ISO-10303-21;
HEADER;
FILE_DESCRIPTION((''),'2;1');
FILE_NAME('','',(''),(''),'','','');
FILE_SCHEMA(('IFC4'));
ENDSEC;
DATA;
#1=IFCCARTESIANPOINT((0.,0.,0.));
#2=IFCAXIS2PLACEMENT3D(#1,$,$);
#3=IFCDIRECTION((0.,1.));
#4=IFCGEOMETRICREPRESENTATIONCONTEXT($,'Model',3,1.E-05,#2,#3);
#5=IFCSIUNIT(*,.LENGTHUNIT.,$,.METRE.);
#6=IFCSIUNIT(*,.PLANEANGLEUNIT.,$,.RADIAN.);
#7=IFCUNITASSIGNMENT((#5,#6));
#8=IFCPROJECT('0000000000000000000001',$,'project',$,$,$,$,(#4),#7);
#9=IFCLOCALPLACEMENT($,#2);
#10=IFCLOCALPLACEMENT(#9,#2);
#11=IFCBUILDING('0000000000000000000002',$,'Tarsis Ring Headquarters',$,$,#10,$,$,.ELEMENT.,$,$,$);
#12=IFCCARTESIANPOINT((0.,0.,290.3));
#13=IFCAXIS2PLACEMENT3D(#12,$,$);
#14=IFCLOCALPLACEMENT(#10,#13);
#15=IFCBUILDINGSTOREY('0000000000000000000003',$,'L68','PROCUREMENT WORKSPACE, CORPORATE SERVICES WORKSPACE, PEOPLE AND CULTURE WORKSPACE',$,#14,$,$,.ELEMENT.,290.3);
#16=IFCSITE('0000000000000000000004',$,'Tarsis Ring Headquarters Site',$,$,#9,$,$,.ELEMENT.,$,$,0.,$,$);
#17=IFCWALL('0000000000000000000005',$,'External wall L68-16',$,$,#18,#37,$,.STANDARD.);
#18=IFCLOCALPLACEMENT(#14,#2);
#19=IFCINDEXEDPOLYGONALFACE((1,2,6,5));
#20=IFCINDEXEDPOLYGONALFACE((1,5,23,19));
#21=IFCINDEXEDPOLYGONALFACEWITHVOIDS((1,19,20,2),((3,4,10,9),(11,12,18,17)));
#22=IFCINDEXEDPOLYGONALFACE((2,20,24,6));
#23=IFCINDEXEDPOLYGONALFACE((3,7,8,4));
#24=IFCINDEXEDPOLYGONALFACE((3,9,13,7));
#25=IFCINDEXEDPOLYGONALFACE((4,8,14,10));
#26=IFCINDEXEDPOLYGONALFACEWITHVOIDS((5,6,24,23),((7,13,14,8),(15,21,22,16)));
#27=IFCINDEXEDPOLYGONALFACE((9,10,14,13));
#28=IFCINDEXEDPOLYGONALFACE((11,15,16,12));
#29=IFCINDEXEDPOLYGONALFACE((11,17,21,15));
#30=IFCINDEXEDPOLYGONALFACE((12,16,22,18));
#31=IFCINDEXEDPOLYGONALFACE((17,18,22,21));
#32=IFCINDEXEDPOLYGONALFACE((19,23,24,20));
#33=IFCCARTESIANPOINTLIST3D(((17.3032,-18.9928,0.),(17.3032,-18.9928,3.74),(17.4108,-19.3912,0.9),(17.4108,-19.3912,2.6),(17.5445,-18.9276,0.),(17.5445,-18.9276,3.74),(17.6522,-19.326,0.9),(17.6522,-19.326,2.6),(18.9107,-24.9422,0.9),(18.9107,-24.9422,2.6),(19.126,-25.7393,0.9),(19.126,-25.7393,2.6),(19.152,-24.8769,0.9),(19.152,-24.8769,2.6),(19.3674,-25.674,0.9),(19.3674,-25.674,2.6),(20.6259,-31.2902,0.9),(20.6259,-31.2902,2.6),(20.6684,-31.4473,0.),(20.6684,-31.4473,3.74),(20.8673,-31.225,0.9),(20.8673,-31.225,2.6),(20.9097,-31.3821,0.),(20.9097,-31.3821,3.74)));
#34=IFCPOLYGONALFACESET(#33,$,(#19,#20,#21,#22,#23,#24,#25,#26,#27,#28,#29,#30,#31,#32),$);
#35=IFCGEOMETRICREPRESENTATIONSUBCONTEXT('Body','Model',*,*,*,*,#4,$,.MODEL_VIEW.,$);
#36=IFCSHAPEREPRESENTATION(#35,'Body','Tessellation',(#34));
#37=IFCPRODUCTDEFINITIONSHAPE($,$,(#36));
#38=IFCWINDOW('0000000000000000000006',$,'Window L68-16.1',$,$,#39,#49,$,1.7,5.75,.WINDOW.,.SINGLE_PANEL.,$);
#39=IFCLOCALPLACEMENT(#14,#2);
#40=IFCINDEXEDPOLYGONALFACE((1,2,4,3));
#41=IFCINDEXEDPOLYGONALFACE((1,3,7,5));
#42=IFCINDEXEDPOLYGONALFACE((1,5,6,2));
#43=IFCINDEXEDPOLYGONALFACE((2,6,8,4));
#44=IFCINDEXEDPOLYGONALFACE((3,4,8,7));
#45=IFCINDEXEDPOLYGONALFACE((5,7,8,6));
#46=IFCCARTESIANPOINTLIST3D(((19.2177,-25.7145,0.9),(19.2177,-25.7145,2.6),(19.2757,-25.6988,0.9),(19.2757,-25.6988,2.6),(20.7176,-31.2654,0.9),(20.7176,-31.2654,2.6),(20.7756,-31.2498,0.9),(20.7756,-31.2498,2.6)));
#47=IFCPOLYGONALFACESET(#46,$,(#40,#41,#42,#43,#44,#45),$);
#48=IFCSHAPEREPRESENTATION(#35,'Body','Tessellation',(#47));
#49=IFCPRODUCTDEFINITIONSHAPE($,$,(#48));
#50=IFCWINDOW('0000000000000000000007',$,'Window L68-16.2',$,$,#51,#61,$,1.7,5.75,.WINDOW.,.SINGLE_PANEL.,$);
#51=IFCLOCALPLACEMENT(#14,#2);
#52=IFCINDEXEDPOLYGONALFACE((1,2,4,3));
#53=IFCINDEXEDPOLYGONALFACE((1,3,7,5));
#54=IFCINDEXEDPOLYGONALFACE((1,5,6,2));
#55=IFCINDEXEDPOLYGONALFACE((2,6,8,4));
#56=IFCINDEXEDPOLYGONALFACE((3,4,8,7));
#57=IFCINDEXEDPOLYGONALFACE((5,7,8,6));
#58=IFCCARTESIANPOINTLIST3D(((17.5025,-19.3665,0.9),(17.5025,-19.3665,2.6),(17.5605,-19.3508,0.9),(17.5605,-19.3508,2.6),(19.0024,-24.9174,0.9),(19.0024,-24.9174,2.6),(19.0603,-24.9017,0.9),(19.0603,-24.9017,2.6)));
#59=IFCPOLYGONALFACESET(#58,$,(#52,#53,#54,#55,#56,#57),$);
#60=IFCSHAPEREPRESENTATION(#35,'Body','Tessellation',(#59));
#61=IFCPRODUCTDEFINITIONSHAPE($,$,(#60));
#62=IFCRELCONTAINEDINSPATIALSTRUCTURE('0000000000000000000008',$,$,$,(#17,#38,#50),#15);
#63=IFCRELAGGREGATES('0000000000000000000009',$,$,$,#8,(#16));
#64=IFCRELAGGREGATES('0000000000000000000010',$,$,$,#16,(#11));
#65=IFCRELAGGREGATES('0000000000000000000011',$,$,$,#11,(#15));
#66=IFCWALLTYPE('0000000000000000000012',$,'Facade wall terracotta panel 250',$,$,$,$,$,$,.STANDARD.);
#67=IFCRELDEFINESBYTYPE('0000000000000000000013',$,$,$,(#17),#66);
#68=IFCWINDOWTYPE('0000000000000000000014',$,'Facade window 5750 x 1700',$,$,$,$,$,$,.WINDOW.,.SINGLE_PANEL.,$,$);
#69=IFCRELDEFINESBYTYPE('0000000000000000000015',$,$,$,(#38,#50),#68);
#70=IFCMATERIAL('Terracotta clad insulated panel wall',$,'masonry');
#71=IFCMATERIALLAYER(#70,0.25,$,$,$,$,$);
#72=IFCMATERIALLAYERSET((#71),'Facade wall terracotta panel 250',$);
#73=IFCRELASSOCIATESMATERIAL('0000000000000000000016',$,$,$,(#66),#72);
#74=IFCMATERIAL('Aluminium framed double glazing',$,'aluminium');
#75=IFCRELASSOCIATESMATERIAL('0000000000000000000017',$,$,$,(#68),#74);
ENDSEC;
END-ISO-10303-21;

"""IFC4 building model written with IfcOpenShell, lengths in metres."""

from ifc_helpers import new_model, si_unit, direction, frame, frame_2d, origin, place, context, subcontext, project, spatial, rectangle, extrude, material, layer, layer_set, type_object, element, fill, save


model = new_model("IFC4")

# Units and contexts
model_context = context("Model", 3, precision=1e-05, world=origin(), true_north=direction((0.0, 1.0)))
body_context = subcontext(model_context, "Body", "Model", "MODEL_VIEW")
ifc_project = project(units=[si_unit("LENGTHUNIT", "METRE"), si_unit("PLANEANGLEUNIT", "RADIAN")], contexts=[model_context])

# Site, building, storey
site_placement = place(None, origin())
site = spatial("IfcSite", under=ifc_project, at=site_placement, Name="Tarsis Ring Headquarters Site", CompositionType="ELEMENT", RefElevation=0.0)
building_placement = place(site_placement, origin())
building = spatial("IfcBuilding", under=site, at=building_placement, Name="Tarsis Ring Headquarters", CompositionType="ELEMENT")
storey_placement = place(building_placement, frame((0.0, 0.0, 290.3)))
storey = spatial("IfcBuildingStorey", under=building, at=storey_placement, Name="L68", Description="PROCUREMENT WORKSPACE, CORPORATE SERVICES WORKSPACE, PEOPLE AND CULTURE WORKSPACE", CompositionType="ELEMENT", Elevation=290.3)

# Shared definitions
ifc_material_1 = material(Name="Terracotta clad insulated panel wall", Category="masonry")
ifc_layer = layer(ifc_material_1, 0.25)
ifc_layer_set = layer_set([ifc_layer], Name="Facade wall terracotta panel 250")
wall_type = type_object("IfcWallType", Name="Facade wall terracotta panel 250", PredefinedType="STANDARD", material=ifc_layer_set)

# Wall, openings, windows
wall_1_placement = place(storey_placement, frame((20.7891, -31.4148, 0.0), z_axis=(0.0, 0.0, 1.0), x_axis=(-0.260846, 0.96538, 0.0)))
wall_1 = element("IfcWall", 1, at=wall_1_placement, inside=storey, type_object=wall_type, Name="External wall L68-16", PredefinedType="STANDARD", context=body_context, shape_type="SweptSolid", body=[
    extrude(rectangle(XDim=12.9011, YDim=0.25, at=frame_2d((6.4507, 0.0))), origin(), (0.0, 0.0, 1.0), 3.74),
])
opening_1_placement = place(wall_1_placement, frame((0.1628, 0.0, 0.8999)))
opening_1 = element("IfcOpeningElement", 2, at=opening_1_placement, cuts=wall_1, PredefinedType="OPENING", context=body_context, shape_type="SweptSolid", body=[
    extrude(rectangle(XDim=5.75, YDim=1.7, at=frame_2d((2.875, 0.8501))), frame((0.0, 0.135, 0.0), z_axis=(0.0, -1.0, 0.0), x_axis=(1.0, 0.0, 0.0)), (0.0, 0.0, 1.0), 0.27),
])
opening_2_placement = place(wall_1_placement, frame((6.7385, 0.0, 0.8999)))
opening_2 = element("IfcOpeningElement", 3, at=opening_2_placement, cuts=wall_1, PredefinedType="OPENING", context=body_context, shape_type="SweptSolid", body=[
    extrude(rectangle(XDim=5.75, YDim=1.7, at=frame_2d((2.875, 0.8501))), frame((0.0, 0.135, 0.0), z_axis=(0.0, -1.0, 0.0), x_axis=(1.0, 0.0, 0.0)), (0.0, 0.0, 1.0), 0.27),
])
ifc_material_2 = material(Name="Aluminium framed double glazing", Category="aluminium")
window_type = type_object("IfcWindowType", Name="Facade window 5750 x 1700", PartitioningType="SINGLE_PANEL", PredefinedType="WINDOW", material=ifc_material_2)
window_1_placement = place(opening_1_placement, origin())
window_1 = element("IfcWindow", 4, at=window_1_placement, inside=storey, type_object=window_type, Name="Window L68-16.1", OverallHeight=1.7, OverallWidth=5.75, PartitioningType="SINGLE_PANEL", PredefinedType="WINDOW", context=body_context, shape_type="SweptSolid", body=[
    extrude(rectangle(XDim=5.75, YDim=1.7, at=frame_2d((2.875, 0.8501))), frame((0.0, 0.03, 0.0), z_axis=(0.0, -1.0, 0.0), x_axis=(1.0, 0.0, 0.0)), (0.0, 0.0, 1.0), 0.0601),
])
fill(opening_1, window_1)
window_2_placement = place(opening_2_placement, origin())
window_2 = element("IfcWindow", 5, at=window_2_placement, inside=storey, type_object=window_type, Name="Window L68-16.2", OverallHeight=1.7, OverallWidth=5.75, PartitioningType="SINGLE_PANEL", PredefinedType="WINDOW", context=body_context, shape_type="SweptSolid", body=[
    extrude(rectangle(XDim=5.75, YDim=1.7, at=frame_2d((2.875, 0.8501))), frame((0.0, 0.03, 0.0), z_axis=(0.0, -1.0, 0.0), x_axis=(1.0, 0.0, 0.0)), (0.0, 0.0, 1.0), 0.0601),
])
fill(opening_2, window_2)

save(model, "model.ifc")
